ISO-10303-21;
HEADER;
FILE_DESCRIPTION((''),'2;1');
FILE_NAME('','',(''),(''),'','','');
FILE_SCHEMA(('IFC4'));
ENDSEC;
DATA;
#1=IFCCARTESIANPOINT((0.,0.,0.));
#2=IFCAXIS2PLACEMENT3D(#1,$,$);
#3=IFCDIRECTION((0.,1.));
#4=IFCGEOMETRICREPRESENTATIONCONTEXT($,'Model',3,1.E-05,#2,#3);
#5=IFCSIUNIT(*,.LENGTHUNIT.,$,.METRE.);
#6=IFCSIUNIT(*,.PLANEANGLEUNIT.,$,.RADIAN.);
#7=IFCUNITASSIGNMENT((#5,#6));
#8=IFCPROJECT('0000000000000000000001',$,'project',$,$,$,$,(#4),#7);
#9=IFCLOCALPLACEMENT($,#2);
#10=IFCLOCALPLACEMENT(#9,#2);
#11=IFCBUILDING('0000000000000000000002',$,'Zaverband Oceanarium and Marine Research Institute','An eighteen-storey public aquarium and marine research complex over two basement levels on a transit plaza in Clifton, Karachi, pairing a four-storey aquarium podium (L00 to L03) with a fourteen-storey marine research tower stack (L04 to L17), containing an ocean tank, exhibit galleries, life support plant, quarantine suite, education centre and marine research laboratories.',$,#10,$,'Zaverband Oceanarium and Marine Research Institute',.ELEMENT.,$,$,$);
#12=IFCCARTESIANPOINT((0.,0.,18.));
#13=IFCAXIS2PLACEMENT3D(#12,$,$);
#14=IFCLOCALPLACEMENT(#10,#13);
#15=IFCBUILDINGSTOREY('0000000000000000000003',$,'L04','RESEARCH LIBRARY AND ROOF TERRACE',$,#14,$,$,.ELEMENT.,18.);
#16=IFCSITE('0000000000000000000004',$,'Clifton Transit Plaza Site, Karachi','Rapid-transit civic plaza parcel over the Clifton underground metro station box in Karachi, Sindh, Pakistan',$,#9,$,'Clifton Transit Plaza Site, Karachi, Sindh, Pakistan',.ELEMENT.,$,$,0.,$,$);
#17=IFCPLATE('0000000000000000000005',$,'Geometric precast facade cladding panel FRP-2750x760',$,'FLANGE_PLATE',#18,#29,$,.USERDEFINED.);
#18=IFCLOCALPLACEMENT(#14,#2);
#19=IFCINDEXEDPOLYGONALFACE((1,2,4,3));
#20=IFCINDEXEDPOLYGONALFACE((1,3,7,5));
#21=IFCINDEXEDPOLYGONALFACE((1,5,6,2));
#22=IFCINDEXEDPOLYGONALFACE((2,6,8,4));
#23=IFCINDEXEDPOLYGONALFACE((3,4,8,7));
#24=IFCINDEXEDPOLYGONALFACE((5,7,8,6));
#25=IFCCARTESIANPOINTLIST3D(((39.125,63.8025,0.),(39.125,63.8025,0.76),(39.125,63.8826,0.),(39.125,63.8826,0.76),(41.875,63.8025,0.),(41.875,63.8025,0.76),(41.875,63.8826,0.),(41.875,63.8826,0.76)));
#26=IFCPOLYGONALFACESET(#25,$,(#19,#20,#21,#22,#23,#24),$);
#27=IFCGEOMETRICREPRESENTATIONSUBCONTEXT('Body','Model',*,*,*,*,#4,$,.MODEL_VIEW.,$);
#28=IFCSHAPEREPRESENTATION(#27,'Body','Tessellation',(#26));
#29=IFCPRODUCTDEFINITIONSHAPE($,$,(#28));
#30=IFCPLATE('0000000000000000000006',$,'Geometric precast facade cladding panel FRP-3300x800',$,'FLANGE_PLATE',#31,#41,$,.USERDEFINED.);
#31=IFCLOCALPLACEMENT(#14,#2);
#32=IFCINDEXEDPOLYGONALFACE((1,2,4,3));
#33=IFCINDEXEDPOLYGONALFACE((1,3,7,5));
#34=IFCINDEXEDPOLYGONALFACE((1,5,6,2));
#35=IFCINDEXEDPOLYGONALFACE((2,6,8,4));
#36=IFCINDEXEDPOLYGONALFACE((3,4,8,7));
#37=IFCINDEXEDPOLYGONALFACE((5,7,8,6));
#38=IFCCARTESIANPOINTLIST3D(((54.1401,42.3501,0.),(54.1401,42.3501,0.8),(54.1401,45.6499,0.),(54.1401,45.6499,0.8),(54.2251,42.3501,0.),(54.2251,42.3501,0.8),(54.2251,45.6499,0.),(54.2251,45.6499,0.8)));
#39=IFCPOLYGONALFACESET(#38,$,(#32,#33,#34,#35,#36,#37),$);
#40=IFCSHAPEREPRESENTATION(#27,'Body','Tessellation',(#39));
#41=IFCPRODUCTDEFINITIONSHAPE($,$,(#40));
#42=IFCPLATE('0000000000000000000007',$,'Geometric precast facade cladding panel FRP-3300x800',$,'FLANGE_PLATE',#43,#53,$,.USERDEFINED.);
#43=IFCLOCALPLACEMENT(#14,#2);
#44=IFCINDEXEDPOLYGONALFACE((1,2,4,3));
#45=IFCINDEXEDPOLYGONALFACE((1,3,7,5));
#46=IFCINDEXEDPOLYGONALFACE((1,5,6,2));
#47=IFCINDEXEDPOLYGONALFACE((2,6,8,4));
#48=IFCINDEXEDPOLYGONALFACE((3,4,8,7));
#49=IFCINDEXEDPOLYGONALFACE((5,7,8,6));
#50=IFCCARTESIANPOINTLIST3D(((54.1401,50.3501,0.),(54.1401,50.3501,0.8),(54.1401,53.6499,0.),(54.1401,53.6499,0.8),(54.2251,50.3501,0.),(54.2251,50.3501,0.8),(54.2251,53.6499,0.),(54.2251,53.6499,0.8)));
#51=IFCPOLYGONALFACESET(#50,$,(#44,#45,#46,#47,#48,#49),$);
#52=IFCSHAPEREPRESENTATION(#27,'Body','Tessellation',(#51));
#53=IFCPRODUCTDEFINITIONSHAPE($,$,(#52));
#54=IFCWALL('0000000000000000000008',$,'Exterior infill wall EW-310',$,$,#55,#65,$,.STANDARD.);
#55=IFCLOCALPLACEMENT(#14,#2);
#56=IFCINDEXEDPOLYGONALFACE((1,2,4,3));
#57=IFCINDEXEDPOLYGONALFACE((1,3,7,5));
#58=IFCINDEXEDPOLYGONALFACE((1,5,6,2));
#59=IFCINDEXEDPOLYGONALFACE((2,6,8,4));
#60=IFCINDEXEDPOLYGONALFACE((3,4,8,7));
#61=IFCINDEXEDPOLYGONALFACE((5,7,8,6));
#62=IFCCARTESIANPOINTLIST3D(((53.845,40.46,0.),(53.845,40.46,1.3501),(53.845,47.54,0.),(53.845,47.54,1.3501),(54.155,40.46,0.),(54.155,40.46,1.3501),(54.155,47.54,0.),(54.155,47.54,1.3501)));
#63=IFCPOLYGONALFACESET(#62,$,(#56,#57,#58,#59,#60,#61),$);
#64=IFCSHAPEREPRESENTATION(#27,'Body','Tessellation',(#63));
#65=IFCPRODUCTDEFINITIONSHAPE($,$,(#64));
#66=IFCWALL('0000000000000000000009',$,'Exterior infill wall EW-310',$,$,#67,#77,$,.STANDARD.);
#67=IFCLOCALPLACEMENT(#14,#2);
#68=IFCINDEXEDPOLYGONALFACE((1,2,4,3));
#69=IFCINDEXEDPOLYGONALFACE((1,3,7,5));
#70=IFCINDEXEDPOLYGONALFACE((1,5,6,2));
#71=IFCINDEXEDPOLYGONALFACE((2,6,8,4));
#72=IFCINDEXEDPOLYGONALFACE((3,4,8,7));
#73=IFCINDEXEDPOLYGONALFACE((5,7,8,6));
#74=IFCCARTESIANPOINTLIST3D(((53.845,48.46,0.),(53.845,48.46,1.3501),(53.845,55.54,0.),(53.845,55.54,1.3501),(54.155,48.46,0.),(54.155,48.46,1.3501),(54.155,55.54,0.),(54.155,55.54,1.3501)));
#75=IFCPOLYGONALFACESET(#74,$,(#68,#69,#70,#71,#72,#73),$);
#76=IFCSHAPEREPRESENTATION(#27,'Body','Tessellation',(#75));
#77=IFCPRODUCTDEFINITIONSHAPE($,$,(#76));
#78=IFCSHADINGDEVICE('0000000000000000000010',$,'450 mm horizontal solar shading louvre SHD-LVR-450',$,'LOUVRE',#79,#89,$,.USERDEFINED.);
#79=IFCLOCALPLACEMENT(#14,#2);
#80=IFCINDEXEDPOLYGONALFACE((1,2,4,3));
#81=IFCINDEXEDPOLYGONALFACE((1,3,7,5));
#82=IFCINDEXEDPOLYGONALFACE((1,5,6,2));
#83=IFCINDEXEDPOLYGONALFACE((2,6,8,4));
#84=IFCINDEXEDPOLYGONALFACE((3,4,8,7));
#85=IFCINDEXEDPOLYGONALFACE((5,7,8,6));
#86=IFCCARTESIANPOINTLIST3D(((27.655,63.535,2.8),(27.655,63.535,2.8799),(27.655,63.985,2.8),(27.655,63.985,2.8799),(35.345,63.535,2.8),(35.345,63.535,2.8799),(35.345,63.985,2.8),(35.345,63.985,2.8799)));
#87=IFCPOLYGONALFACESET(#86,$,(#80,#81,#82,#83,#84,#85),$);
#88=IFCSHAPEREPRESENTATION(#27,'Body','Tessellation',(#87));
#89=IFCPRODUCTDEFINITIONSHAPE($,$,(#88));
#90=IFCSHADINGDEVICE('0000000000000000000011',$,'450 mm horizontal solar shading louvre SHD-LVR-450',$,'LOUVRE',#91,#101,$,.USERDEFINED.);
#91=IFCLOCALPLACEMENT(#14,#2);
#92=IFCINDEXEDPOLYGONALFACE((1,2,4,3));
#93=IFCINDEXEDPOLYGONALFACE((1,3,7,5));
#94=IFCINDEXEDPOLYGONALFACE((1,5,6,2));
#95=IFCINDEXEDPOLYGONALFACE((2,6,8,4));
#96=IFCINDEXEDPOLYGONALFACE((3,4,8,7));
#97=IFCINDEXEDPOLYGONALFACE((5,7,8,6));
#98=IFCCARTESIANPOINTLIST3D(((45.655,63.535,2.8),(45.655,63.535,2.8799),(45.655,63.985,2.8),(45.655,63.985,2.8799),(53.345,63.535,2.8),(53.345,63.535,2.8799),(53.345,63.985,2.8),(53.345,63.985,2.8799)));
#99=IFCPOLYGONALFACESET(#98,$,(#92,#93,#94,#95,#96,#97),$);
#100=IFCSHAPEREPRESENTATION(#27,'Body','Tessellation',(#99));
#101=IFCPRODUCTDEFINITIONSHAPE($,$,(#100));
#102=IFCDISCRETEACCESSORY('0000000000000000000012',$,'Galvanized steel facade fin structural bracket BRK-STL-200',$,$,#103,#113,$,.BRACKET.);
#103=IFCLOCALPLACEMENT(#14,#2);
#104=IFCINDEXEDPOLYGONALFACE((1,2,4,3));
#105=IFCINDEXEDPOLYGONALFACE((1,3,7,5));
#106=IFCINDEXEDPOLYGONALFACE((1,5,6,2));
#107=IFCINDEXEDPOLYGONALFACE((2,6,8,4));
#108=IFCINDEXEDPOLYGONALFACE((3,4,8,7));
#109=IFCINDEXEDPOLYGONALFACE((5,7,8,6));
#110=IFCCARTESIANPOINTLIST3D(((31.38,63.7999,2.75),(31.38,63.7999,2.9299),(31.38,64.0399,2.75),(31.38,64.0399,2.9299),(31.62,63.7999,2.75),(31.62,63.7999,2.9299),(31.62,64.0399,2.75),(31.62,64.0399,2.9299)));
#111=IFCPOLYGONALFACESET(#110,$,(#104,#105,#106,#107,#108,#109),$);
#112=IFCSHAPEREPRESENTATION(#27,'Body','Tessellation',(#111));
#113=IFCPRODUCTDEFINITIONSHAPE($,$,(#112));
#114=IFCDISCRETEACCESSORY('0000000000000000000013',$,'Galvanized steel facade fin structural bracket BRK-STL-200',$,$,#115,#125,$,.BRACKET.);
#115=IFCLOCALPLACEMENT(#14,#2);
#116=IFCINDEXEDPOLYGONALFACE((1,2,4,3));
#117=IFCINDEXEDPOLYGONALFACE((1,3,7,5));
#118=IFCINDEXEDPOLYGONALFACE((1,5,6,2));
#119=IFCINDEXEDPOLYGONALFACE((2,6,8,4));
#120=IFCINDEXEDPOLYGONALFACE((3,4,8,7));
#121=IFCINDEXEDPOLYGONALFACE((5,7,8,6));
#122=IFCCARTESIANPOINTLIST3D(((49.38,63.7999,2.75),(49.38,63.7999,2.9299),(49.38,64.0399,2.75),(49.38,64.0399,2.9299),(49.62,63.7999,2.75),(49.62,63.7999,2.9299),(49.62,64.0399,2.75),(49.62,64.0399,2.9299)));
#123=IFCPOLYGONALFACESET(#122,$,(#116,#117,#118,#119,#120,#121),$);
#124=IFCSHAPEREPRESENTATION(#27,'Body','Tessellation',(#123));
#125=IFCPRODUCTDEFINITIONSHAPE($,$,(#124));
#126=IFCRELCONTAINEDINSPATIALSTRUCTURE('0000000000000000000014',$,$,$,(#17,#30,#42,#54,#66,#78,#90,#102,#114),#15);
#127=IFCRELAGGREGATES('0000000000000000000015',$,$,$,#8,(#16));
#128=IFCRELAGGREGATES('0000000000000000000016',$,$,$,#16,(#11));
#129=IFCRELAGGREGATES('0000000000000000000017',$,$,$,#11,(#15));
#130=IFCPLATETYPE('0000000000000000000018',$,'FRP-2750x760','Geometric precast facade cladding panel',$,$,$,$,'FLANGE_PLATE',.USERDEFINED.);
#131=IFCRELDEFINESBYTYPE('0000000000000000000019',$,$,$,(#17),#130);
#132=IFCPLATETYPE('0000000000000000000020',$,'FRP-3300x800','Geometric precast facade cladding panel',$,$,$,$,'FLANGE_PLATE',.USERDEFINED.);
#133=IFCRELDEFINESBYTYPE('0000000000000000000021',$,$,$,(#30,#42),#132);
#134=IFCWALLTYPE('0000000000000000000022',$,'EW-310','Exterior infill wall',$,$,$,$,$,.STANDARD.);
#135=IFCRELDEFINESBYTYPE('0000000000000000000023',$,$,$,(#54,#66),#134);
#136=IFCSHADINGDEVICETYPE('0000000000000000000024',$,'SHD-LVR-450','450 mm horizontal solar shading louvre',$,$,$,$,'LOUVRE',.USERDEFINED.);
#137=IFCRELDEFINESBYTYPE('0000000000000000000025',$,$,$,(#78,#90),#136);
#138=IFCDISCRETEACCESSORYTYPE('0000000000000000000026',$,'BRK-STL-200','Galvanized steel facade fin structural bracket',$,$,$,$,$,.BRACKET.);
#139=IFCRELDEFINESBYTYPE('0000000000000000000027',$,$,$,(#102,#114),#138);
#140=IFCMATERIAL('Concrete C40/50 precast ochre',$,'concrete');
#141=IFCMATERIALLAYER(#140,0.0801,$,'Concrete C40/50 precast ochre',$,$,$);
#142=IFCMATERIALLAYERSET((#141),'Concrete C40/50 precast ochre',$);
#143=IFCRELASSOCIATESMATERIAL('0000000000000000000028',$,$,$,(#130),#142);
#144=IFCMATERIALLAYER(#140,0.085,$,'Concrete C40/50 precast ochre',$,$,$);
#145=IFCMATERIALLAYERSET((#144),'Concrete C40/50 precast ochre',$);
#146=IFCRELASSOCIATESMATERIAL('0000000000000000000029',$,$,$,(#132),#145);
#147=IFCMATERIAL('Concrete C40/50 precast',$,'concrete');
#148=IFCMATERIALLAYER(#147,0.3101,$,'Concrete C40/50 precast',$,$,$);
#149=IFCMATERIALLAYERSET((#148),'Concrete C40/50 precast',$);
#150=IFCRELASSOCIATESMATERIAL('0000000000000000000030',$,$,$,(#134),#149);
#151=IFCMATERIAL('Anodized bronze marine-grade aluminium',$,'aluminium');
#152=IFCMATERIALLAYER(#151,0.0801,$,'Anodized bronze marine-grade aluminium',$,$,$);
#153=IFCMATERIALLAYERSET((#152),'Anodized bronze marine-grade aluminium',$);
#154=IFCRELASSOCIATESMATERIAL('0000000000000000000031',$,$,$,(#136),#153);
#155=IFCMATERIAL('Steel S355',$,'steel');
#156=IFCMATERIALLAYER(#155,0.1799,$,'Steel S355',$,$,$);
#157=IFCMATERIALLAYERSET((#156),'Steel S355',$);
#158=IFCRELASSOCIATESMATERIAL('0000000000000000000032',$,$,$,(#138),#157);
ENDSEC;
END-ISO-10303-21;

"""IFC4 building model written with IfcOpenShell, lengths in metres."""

from ifc_helpers import new_model, si_unit, direction, frame, frame_2d, origin, origin_2d, place, context, subcontext, project, spatial, rectangle, extrude, material, layer, layer_set, type_object, element, save


model = new_model("IFC4")

# Units and contexts
model_context = context("Model", 3, precision=1e-05, world=origin(), true_north=direction((0.0, 1.0)))
body_context = subcontext(model_context, "Body", "Model", "MODEL_VIEW")
ifc_project = project(units=[si_unit("LENGTHUNIT", "METRE"), si_unit("PLANEANGLEUNIT", "RADIAN")], contexts=[model_context])

# Site, building, storey
site_placement = place(None, origin())
site = spatial("IfcSite", under=ifc_project, at=site_placement, Name="Clifton Transit Plaza Site, Karachi", Description="Rapid-transit civic plaza parcel over the Clifton underground metro station box in Karachi, Sindh, Pakistan", LongName="Clifton Transit Plaza Site, Karachi, Sindh, Pakistan", CompositionType="ELEMENT", RefElevation=0.0)
building_placement = place(site_placement, origin())
building = spatial("IfcBuilding", under=site, at=building_placement, Name="Zaverband Oceanarium and Marine Research Institute", Description="An eighteen-storey public aquarium and marine research complex over two basement levels on a transit plaza in Clifton, Karachi, pairing a four-storey aquarium podium (L00 to L03) with a fourteen-storey marine research tower stack (L04 to L17), containing an ocean tank, exhibit galleries, life support plant, quarantine suite, education centre and marine research laboratories.", LongName="Zaverband Oceanarium and Marine Research Institute", CompositionType="ELEMENT")
storey_placement = place(building_placement, frame((0.0, 0.0, 18.0)))
storey = spatial("IfcBuildingStorey", under=building, at=storey_placement, Name="L04", Description="RESEARCH LIBRARY AND ROOF TERRACE", CompositionType="ELEMENT", Elevation=18.0)

# Shared definitions
ifc_material_1 = material(Name="Steel S355", Category="steel")

# Plates
ifc_material_2 = material(Name="Concrete C40/50 precast ochre", Category="concrete")
ifc_layer_1 = layer(ifc_material_2, 0.0801, Name="Concrete C40/50 precast ochre")
ifc_layer_set_1 = layer_set([ifc_layer_1], Name="Concrete C40/50 precast ochre")
plate_type_1 = type_object("IfcPlateType", Name="FRP-2750x760", Description="Geometric precast facade cladding panel", ElementType="FLANGE_PLATE", PredefinedType="USERDEFINED", material=ifc_layer_set_1)
plate_1_placement = place(storey_placement, frame((39.125, 63.8425, 0.0), z_axis=(0.0, 0.0, 1.0), x_axis=(1.0, 0.0, 0.0)))
element("IfcPlate", 1, at=plate_1_placement, inside=storey, type_object=plate_type_1, Name="Geometric precast facade cladding panel FRP-2750x760", ObjectType="FLANGE_PLATE", PredefinedType="USERDEFINED", context=body_context, shape_type="SweptSolid", body=[
    extrude(rectangle(XDim=2.75, YDim=0.0801, at=frame_2d((1.375, 0.0))), origin(), (0.0, 0.0, 1.0), 0.76),
])
ifc_layer_2 = layer(ifc_material_2, 0.085, Name="Concrete C40/50 precast ochre")
ifc_layer_set_2 = layer_set([ifc_layer_2], Name="Concrete C40/50 precast ochre")
plate_type_2 = type_object("IfcPlateType", Name="FRP-3300x800", Description="Geometric precast facade cladding panel", ElementType="FLANGE_PLATE", PredefinedType="USERDEFINED", material=ifc_layer_set_2)
for number, where, z_axis, x_axis, name in (
    (2, (54.1826, 42.3501, 0.0), (0.0, 0.0, 1.0), (0.0, 1.0, 0.0), "Geometric precast facade cladding panel FRP-3300x800"),
    (3, (54.1826, 50.3501, 0.0), (0.0, 0.0, 1.0), (0.0, 1.0, 0.0), "Geometric precast facade cladding panel FRP-3300x800"),
):
    element("IfcPlate", number, at=place(storey_placement, frame(where, z_axis=z_axis, x_axis=x_axis)), inside=storey, type_object=plate_type_2, Name=name, ObjectType="FLANGE_PLATE", PredefinedType="USERDEFINED", context=body_context, shape_type="SweptSolid", body=[
        extrude(rectangle(XDim=3.2998, YDim=0.085, at=frame_2d((1.6499, 0.0))), origin(), (0.0, 0.0, 1.0), 0.8),
    ])

# Walls
ifc_material_3 = material(Name="Concrete C40/50 precast", Category="concrete")
ifc_layer_3 = layer(ifc_material_3, 0.3101, Name="Concrete C40/50 precast")
ifc_layer_set_3 = layer_set([ifc_layer_3], Name="Concrete C40/50 precast")
wall_type = type_object("IfcWallType", Name="EW-310", Description="Exterior infill wall", PredefinedType="STANDARD", material=ifc_layer_set_3)
for number, where, z_axis, x_axis, name in (
    (4, (54.0, 40.46, 0.0), (0.0, 0.0, 1.0), (0.0, 1.0, 0.0), "Exterior infill wall EW-310"),
    (5, (54.0, 48.46, 0.0), (0.0, 0.0, 1.0), (0.0, 1.0, 0.0), "Exterior infill wall EW-310"),
):
    element("IfcWall", number, at=place(storey_placement, frame(where, z_axis=z_axis, x_axis=x_axis)), inside=storey, type_object=wall_type, Name=name, PredefinedType="STANDARD", context=body_context, shape_type="SweptSolid", body=[
        extrude(rectangle(XDim=7.0801, YDim=0.3101, at=frame_2d((3.54, 0.0))), origin(), (0.0, 0.0, 1.0), 1.3501),
    ])

# Shading devices
ifc_material_4 = material(Name="Anodized bronze marine-grade aluminium", Category="aluminium")
ifc_layer_4 = layer(ifc_material_4, 0.0801, Name="Anodized bronze marine-grade aluminium")
ifc_layer_set_4 = layer_set([ifc_layer_4], Name="Anodized bronze marine-grade aluminium")
shading_device_type = type_object("IfcShadingDeviceType", Name="SHD-LVR-450", Description="450 mm horizontal solar shading louvre", ElementType="LOUVRE", PredefinedType="USERDEFINED", material=ifc_layer_set_4)
for number, where, z_axis, x_axis, name in (
    (6, (27.655, 63.76, 2.8), (0.0, 0.0, 1.0), (1.0, 0.0, 0.0), "450 mm horizontal solar shading louvre SHD-LVR-450"),
    (7, (45.655, 63.76, 2.8), (0.0, 0.0, 1.0), (1.0, 0.0, 0.0), "450 mm horizontal solar shading louvre SHD-LVR-450"),
):
    element("IfcShadingDevice", number, at=place(storey_placement, frame(where, z_axis=z_axis, x_axis=x_axis)), inside=storey, type_object=shading_device_type, Name=name, ObjectType="LOUVRE", PredefinedType="USERDEFINED", context=body_context, shape_type="SweptSolid", body=[
        extrude(rectangle(XDim=7.6899, YDim=0.45, at=frame_2d((3.845, 0.0))), origin(), (0.0, 0.0, 1.0), 0.0798),
    ])

# Discrete accessories
ifc_layer_5 = layer(ifc_material_1, 0.1799, Name="Steel S355")
ifc_layer_set_5 = layer_set([ifc_layer_5], Name="Steel S355")
discrete_accessory_type = type_object("IfcDiscreteAccessoryType", Name="BRK-STL-200", Description="Galvanized steel facade fin structural bracket", PredefinedType="BRACKET", material=ifc_layer_set_5)
for number, where, z_axis, x_axis, name in (
    (8, (31.5, 63.9199, 2.75), (0.0, 0.0, 1.0), (1.0, 0.0, 0.0), "Galvanized steel facade fin structural bracket BRK-STL-200"),
    (9, (49.5, 63.9199, 2.75), (0.0, 0.0, 1.0), (1.0, 0.0, 0.0), "Galvanized steel facade fin structural bracket BRK-STL-200"),
):
    element("IfcDiscreteAccessory", number, at=place(storey_placement, frame(where, z_axis=z_axis, x_axis=x_axis)), inside=storey, type_object=discrete_accessory_type, Name=name, PredefinedType="BRACKET", context=body_context, shape_type="SweptSolid", body=[
        extrude(rectangle(XDim=0.24, YDim=0.24, at=origin_2d()), origin(), (0.0, 0.0, 1.0), 0.1799),
    ])

save(model, "model.ifc")
